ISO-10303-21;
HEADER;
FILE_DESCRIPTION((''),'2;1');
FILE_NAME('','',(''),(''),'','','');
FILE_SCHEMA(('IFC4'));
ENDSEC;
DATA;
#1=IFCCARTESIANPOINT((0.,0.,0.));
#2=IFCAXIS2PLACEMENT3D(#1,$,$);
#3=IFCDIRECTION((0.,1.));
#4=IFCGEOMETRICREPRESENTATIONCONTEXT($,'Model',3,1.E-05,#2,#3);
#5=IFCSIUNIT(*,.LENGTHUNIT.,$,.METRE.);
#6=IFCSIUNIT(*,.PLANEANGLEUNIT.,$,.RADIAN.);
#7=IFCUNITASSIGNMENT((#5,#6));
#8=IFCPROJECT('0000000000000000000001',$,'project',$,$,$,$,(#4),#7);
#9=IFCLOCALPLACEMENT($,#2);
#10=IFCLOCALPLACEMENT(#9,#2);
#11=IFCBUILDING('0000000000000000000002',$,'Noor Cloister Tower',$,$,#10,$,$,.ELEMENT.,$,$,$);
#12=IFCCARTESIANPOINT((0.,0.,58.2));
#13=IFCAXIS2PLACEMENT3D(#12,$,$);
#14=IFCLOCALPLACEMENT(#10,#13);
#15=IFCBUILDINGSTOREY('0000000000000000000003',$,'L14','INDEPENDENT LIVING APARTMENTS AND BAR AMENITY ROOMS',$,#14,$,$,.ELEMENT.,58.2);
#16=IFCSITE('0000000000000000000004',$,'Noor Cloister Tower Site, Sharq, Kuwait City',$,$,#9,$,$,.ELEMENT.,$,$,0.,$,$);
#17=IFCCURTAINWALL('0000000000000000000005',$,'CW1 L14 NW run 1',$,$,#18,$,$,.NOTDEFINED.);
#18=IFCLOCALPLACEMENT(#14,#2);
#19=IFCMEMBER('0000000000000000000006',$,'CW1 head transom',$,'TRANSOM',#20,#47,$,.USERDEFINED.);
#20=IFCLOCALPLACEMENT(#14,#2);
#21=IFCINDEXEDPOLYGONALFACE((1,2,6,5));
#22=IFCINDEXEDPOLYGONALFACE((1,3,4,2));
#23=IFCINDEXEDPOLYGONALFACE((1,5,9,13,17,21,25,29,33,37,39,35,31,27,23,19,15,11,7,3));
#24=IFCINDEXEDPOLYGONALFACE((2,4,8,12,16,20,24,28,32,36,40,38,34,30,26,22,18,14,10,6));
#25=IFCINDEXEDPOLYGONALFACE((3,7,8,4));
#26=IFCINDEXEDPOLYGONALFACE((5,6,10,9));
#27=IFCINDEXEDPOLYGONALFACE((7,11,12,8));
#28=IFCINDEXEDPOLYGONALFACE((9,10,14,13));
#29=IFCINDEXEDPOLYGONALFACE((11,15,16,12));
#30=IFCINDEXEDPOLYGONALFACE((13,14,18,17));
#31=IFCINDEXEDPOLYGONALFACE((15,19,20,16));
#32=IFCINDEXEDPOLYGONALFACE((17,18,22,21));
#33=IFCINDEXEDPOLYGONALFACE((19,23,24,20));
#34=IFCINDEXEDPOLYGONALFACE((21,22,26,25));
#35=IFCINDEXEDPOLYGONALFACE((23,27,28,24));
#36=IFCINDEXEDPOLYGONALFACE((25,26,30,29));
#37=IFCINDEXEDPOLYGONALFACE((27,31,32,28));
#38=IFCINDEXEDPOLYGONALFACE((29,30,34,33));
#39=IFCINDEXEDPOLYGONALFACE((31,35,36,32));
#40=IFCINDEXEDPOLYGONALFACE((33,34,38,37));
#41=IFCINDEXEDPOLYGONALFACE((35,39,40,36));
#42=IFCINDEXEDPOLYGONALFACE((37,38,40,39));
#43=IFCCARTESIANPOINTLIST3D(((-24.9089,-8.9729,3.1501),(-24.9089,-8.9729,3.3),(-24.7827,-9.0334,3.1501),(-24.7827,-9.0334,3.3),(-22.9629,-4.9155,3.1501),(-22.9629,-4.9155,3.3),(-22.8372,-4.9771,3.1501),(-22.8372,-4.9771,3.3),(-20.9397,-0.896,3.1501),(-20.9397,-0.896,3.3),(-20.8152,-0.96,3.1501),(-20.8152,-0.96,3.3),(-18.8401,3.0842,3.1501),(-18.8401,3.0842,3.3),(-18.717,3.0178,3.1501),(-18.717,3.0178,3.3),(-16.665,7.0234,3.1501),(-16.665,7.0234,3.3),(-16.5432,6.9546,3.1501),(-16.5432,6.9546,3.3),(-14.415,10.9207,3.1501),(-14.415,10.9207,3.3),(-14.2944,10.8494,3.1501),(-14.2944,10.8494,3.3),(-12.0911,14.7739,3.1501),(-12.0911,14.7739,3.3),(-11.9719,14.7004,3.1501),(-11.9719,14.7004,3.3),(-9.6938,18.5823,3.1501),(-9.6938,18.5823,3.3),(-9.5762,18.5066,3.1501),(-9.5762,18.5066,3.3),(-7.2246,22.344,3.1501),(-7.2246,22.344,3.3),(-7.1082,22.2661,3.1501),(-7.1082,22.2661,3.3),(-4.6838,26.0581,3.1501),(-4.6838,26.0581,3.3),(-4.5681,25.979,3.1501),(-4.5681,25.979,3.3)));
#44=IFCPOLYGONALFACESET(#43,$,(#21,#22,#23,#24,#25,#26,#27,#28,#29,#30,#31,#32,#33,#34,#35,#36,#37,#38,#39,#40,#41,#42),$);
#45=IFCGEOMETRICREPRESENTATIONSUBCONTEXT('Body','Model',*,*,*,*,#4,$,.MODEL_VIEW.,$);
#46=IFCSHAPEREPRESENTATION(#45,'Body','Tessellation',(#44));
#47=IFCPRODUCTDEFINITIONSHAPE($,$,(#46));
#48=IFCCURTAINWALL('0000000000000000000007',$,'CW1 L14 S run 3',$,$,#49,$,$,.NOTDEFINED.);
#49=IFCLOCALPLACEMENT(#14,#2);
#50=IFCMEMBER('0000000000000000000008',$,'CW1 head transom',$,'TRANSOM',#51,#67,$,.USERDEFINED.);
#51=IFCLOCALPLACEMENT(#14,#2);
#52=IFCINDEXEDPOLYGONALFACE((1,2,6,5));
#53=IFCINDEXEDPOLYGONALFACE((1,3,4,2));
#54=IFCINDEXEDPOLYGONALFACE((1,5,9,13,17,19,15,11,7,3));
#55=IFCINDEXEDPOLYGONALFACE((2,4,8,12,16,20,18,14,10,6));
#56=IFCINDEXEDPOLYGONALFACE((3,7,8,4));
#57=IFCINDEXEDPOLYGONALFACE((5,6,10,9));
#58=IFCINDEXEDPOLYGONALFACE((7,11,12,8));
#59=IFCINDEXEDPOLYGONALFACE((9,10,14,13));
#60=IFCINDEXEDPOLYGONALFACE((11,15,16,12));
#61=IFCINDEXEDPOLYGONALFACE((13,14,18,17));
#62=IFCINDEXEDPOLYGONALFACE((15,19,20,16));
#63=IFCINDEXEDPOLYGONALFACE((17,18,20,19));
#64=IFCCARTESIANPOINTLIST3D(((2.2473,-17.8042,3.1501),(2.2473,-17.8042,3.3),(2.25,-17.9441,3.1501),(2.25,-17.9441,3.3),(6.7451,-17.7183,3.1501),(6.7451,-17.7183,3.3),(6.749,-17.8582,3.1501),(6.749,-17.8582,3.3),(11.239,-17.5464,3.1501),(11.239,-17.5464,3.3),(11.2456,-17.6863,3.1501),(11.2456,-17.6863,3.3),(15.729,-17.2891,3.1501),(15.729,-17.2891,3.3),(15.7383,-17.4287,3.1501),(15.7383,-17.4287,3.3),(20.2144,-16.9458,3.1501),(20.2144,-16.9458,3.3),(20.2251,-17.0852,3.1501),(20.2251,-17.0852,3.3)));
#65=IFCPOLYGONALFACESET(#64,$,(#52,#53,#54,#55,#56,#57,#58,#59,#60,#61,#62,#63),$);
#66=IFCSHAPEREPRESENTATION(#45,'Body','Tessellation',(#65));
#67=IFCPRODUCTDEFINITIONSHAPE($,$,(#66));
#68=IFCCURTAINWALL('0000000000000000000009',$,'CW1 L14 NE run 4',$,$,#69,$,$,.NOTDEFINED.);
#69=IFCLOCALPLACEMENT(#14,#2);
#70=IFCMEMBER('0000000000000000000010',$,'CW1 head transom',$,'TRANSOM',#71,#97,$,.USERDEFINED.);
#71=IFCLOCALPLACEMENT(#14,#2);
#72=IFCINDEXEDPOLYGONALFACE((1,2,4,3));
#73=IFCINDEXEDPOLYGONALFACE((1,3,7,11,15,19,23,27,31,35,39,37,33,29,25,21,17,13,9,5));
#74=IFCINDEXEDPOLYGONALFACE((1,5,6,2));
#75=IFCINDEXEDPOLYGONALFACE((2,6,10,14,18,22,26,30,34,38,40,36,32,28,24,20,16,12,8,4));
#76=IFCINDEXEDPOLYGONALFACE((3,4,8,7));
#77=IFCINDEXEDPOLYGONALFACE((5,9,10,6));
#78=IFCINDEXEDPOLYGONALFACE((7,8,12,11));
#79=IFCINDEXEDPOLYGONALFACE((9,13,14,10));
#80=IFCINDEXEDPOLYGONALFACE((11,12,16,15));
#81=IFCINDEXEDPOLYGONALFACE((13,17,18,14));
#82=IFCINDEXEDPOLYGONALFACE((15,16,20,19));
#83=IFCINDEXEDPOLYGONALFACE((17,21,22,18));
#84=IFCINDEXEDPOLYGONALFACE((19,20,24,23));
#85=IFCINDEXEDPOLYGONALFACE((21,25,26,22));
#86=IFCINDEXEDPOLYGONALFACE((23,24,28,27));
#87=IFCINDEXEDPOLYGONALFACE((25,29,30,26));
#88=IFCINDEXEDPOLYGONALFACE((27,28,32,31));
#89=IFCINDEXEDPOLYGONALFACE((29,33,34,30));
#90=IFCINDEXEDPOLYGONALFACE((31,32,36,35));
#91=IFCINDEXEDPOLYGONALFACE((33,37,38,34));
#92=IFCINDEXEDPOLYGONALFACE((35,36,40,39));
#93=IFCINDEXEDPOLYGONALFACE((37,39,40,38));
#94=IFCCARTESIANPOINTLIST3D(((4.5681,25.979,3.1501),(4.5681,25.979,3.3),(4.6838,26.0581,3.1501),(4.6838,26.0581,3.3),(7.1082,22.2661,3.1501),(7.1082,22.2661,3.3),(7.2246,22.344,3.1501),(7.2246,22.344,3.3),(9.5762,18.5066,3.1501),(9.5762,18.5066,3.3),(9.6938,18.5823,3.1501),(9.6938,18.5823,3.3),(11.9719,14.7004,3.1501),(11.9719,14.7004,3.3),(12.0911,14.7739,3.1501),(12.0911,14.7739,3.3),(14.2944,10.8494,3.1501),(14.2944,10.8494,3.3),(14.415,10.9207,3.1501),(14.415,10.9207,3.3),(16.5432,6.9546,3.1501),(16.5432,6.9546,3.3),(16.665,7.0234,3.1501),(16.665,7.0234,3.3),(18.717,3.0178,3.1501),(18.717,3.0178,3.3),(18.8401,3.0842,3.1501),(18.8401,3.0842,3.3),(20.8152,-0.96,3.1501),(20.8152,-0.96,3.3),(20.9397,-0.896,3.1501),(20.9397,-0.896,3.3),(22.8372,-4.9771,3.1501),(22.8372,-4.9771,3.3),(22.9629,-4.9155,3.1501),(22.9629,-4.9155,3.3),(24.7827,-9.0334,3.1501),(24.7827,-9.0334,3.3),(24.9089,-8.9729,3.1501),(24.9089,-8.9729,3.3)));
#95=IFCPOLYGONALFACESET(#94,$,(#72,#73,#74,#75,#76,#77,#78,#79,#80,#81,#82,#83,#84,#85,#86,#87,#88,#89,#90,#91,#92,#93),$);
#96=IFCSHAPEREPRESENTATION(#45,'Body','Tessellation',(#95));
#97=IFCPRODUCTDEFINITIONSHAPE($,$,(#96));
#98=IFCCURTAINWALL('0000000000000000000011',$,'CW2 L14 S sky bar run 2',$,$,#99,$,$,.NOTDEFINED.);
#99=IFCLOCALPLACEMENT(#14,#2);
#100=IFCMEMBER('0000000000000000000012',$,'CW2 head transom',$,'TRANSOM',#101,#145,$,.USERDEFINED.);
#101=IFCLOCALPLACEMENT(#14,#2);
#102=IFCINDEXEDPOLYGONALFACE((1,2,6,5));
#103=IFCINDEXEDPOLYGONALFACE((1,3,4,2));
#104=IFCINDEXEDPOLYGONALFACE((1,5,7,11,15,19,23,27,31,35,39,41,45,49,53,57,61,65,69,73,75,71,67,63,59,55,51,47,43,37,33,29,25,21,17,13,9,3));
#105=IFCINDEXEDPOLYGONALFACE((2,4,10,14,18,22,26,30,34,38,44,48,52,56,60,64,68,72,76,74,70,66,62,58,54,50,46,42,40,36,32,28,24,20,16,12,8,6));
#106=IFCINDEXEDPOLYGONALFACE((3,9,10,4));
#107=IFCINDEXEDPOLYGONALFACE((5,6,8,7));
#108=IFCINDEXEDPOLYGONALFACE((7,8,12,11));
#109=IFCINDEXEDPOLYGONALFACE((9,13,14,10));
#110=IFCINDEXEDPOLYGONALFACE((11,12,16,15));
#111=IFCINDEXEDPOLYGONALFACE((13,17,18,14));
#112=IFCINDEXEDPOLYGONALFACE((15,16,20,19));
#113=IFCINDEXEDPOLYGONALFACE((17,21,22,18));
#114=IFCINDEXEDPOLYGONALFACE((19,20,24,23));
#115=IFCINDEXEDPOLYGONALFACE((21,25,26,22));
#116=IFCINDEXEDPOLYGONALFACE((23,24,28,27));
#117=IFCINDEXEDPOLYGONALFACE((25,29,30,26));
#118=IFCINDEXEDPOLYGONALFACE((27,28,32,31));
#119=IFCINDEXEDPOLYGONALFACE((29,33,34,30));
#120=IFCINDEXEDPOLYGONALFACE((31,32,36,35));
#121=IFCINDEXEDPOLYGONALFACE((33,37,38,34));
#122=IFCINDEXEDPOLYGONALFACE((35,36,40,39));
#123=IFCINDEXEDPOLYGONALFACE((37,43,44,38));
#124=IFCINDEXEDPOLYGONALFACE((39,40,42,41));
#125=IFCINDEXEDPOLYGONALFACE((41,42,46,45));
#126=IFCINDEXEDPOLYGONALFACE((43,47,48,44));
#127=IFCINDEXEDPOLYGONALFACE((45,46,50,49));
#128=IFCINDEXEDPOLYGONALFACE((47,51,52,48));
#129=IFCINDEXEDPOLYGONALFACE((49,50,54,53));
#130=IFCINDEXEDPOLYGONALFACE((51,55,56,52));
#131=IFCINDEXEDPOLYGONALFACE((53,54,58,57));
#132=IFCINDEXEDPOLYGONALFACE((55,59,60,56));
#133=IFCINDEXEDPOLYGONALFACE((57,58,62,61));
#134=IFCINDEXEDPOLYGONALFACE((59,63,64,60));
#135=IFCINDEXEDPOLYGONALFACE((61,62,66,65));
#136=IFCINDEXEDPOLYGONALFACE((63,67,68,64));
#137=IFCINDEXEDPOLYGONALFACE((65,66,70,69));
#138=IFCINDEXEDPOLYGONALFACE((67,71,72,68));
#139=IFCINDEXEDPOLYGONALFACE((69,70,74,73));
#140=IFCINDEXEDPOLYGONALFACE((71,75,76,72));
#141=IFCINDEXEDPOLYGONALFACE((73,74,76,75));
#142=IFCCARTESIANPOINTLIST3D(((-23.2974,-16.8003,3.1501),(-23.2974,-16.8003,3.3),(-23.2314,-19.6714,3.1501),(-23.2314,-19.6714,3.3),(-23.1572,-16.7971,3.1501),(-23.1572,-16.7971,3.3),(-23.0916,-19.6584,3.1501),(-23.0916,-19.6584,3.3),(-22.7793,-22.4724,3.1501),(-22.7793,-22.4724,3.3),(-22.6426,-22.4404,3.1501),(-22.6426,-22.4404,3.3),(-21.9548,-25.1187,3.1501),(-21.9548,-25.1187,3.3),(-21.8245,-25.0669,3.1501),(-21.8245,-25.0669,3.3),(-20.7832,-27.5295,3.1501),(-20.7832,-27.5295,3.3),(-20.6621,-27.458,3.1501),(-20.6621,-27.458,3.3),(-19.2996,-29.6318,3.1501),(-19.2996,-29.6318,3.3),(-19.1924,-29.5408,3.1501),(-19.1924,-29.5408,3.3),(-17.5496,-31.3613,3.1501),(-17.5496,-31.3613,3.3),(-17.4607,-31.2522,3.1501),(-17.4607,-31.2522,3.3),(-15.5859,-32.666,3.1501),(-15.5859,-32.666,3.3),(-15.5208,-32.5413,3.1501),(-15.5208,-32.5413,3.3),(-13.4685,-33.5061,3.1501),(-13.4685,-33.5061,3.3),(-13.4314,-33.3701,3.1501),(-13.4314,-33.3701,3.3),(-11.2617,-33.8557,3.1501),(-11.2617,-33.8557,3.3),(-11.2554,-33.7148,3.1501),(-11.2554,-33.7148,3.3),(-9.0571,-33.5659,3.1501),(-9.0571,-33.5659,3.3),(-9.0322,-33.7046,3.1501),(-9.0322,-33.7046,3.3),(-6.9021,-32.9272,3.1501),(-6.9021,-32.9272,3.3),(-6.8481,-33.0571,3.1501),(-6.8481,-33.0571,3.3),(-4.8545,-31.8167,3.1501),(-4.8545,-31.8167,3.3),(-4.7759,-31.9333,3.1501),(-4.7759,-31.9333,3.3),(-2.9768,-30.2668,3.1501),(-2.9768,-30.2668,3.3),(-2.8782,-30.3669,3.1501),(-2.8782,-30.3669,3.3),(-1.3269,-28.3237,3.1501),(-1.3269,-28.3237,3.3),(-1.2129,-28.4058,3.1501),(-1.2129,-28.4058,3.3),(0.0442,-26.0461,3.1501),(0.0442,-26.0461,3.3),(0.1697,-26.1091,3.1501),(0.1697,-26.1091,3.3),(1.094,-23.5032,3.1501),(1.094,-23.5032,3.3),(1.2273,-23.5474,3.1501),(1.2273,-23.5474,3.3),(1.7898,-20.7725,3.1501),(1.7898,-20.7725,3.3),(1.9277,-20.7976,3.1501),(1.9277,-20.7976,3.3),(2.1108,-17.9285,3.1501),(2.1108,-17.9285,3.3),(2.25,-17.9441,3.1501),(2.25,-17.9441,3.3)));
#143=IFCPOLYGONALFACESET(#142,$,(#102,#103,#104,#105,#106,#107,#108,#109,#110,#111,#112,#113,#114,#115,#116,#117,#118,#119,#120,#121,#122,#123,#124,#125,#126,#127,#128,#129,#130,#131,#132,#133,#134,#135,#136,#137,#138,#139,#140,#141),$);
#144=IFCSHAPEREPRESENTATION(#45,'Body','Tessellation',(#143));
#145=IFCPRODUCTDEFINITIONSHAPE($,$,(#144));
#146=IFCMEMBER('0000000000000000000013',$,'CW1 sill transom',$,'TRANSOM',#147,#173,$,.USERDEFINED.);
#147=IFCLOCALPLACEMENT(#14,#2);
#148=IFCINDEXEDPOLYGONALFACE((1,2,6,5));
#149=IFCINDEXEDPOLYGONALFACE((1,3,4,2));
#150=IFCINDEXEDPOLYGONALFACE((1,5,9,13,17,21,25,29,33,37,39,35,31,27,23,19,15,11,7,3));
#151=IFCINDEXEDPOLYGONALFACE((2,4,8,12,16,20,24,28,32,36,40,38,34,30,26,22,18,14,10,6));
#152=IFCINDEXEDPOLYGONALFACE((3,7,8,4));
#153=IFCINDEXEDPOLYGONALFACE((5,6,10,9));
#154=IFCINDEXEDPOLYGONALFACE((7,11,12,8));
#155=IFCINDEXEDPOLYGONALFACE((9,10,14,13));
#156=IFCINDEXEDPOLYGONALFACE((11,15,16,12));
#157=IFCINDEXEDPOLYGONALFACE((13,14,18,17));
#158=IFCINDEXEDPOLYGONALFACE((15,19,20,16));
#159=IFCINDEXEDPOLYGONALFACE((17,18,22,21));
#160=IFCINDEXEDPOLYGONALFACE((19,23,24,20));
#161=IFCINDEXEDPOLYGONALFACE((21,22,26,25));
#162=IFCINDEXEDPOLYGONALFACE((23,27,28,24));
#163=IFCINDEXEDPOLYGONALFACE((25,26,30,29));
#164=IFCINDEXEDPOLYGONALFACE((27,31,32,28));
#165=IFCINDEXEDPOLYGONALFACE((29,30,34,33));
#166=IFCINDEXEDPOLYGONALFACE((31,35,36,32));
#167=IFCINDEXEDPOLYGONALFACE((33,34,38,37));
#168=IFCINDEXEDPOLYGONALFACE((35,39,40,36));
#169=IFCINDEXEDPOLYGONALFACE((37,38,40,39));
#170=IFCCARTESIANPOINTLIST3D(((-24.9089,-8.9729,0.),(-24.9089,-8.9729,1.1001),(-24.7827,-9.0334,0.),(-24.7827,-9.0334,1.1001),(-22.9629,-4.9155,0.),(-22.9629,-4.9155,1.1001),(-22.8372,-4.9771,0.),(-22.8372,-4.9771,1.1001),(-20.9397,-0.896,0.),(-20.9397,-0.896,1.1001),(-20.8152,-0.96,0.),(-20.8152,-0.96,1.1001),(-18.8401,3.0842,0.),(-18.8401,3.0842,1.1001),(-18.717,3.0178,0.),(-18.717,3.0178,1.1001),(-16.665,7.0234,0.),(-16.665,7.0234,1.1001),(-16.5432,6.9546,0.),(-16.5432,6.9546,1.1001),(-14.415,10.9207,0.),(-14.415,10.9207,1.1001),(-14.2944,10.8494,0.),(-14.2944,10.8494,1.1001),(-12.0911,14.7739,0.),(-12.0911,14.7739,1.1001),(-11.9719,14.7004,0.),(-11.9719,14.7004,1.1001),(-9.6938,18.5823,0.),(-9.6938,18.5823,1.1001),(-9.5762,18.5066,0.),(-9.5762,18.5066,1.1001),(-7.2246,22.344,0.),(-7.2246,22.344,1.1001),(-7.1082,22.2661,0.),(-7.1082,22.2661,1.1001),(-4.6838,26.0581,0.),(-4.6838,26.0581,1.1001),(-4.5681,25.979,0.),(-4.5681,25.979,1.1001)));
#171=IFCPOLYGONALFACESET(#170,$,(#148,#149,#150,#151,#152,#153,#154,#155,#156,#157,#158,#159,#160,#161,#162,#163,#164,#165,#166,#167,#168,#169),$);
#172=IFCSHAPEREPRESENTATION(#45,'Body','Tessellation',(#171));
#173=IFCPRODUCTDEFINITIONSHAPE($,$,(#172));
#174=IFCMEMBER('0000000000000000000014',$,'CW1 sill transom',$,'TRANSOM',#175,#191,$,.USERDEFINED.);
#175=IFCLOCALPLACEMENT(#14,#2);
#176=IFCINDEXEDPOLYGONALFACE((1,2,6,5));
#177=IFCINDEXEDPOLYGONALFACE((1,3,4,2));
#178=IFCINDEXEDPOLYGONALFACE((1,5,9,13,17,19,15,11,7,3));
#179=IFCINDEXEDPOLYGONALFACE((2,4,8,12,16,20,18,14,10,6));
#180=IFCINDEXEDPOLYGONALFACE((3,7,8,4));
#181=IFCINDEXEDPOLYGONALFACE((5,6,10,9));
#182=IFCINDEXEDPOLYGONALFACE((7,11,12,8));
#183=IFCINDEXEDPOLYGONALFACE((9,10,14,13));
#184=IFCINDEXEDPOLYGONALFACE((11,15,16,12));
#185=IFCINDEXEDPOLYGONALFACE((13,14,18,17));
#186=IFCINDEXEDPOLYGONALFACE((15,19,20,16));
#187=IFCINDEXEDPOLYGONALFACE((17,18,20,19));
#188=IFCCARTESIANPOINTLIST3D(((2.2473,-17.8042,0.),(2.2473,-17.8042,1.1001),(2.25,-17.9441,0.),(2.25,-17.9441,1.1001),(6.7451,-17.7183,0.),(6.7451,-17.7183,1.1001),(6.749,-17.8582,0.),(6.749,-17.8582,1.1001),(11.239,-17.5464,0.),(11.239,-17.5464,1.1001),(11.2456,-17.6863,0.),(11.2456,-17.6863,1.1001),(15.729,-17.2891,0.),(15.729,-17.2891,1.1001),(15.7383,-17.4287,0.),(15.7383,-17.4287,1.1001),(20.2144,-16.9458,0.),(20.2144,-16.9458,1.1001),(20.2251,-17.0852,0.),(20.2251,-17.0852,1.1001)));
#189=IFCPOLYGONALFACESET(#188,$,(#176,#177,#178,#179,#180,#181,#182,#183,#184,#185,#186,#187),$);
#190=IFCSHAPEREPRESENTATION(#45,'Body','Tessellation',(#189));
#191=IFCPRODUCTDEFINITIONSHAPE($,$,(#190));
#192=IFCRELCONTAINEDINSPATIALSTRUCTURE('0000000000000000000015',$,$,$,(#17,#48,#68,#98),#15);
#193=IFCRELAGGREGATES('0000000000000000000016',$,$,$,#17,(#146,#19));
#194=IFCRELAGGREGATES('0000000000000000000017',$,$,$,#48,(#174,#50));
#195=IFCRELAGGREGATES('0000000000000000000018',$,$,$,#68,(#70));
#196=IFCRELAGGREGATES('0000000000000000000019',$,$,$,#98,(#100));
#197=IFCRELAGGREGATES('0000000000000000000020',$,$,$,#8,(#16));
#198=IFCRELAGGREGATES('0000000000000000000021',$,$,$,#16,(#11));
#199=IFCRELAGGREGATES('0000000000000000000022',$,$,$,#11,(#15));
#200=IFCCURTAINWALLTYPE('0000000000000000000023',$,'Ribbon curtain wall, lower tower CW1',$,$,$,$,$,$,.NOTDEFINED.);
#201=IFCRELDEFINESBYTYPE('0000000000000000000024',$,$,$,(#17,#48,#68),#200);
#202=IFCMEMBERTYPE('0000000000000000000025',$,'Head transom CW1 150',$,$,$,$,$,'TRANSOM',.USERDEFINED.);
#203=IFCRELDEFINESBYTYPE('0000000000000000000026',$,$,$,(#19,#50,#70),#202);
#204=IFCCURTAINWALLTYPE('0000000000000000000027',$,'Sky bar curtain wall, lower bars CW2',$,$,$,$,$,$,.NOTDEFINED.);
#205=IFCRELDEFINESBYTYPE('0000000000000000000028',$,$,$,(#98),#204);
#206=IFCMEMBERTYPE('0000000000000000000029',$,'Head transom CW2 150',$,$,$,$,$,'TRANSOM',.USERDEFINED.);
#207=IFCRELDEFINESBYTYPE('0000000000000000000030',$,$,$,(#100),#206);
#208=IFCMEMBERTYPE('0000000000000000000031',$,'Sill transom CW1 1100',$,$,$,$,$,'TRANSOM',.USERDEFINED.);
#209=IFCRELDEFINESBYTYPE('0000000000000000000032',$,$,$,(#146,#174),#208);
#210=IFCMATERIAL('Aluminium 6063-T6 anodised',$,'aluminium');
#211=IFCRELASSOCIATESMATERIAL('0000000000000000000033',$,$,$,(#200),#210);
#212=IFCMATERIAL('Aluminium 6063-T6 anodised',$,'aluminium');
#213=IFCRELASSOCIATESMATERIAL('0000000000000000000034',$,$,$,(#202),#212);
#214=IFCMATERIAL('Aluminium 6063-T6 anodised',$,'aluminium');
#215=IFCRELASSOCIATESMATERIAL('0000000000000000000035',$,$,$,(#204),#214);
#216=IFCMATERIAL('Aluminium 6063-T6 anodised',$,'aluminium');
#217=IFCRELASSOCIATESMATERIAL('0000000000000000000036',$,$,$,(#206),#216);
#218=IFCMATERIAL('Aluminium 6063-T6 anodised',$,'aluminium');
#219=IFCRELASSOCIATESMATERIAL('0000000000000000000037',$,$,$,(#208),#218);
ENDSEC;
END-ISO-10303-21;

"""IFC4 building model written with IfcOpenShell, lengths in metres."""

from ifc_helpers import new_model, si_unit, direction, frame, origin, place, context, subcontext, project, spatial, polyline, outline, extrude, material, type_object, element, aggregate, save


model = new_model("IFC4")

# Units and contexts
model_context = context("Model", 3, precision=1e-05, world=origin(), true_north=direction((0.0, 1.0)))
body_context = subcontext(model_context, "Body", "Model", "MODEL_VIEW")
ifc_project = project(units=[si_unit("LENGTHUNIT", "METRE"), si_unit("PLANEANGLEUNIT", "RADIAN")], contexts=[model_context])

# Site, building, storey
site_placement = place(None, origin())
site = spatial("IfcSite", under=ifc_project, at=site_placement, Name="Noor Cloister Tower Site, Sharq, Kuwait City", CompositionType="ELEMENT", RefElevation=0.0)
building_placement = place(site_placement, origin())
building = spatial("IfcBuilding", under=site, at=building_placement, Name="Noor Cloister Tower", CompositionType="ELEMENT")
storey_placement = place(building_placement, frame((0.0, 0.0, 58.2)))
storey = spatial("IfcBuildingStorey", under=building, at=storey_placement, Name="L14", Description="INDEPENDENT LIVING APARTMENTS AND BAR AMENITY ROOMS", CompositionType="ELEMENT", Elevation=58.2)

# Curtain walls, members
ifc_material_1 = material(Name="Aluminium 6063-T6 anodised", Category="aluminium")
curtain_wall_type_1 = type_object("IfcCurtainWallType", Name="Ribbon curtain wall, lower tower CW1", PredefinedType="NOTDEFINED", material=ifc_material_1)
curtain_wall_1_placement = place(storey_placement, origin())
curtain_wall_1 = element("IfcCurtainWall", 1, at=curtain_wall_1_placement, inside=storey, type_object=curtain_wall_type_1, Name="CW1 L14 NW run 1", PredefinedType="NOTDEFINED")
ifc_material_2 = material(Name="Aluminium 6063-T6 anodised", Category="aluminium")
member_type_1 = type_object("IfcMemberType", Name="Head transom CW1 150", ElementType="TRANSOM", PredefinedType="USERDEFINED", material=ifc_material_2)
member_1_placement = place(storey_placement, frame((0.0, 0.0, 3.1501)))
member_1 = element("IfcMember", 2, at=member_1_placement, type_object=member_type_1, Name="CW1 head transom", ObjectType="TRANSOM", PredefinedType="USERDEFINED", context=body_context, shape_type="SweptSolid", body=[
    extrude(outline(polyline([(-4.6838, 26.0581), (-7.2246, 22.344), (-9.6938, 18.5823), (-12.0911, 14.7739), (-14.415, 10.9207), (-16.665, 7.0234), (-18.8401, 3.0842), (-20.9397, -0.896), (-22.9629, -4.9155), (-24.9089, -8.9729), (-24.7827, -9.0334), (-22.8372, -4.9771), (-20.8152, -0.96), (-18.717, 3.0178), (-16.5432, 6.9546), (-14.2944, 10.8494), (-11.9719, 14.7004), (-9.5762, 18.5066), (-7.1082, 22.2661), (-4.5681, 25.979), (-4.6838, 26.0581)])), origin(), (0.0, 0.0, 1.0), 0.1499),
])
curtain_wall_2_placement = place(storey_placement, origin())
curtain_wall_2 = element("IfcCurtainWall", 3, at=curtain_wall_2_placement, inside=storey, type_object=curtain_wall_type_1, Name="CW1 L14 S run 3", PredefinedType="NOTDEFINED")
member_2_placement = place(storey_placement, frame((0.0, 0.0, 3.1501)))
member_2 = element("IfcMember", 4, at=member_2_placement, type_object=member_type_1, Name="CW1 head transom", ObjectType="TRANSOM", PredefinedType="USERDEFINED", context=body_context, shape_type="SweptSolid", body=[
    extrude(outline(polyline([(2.25, -17.9441), (6.749, -17.8582), (11.2456, -17.6863), (15.7383, -17.4287), (20.2251, -17.0852), (20.2144, -16.9458), (15.729, -17.2891), (11.239, -17.5464), (6.7451, -17.7183), (2.2473, -17.8042), (2.25, -17.9441)])), origin(), (0.0, 0.0, 1.0), 0.1499),
])
curtain_wall_3_placement = place(storey_placement, origin())
curtain_wall_3 = element("IfcCurtainWall", 5, at=curtain_wall_3_placement, inside=storey, type_object=curtain_wall_type_1, Name="CW1 L14 NE run 4", PredefinedType="NOTDEFINED")
member_3_placement = place(storey_placement, frame((0.0, 0.0, 3.1501)))
member_3 = element("IfcMember", 6, at=member_3_placement, type_object=member_type_1, Name="CW1 head transom", ObjectType="TRANSOM", PredefinedType="USERDEFINED", context=body_context, shape_type="SweptSolid", body=[
    extrude(outline(polyline([(24.9089, -8.9729), (22.9629, -4.9155), (20.9397, -0.896), (18.8401, 3.0842), (16.665, 7.0234), (14.415, 10.9207), (12.0911, 14.7739), (9.6938, 18.5823), (7.2246, 22.344), (4.6838, 26.0581), (4.5681, 25.979), (7.1082, 22.2661), (9.5762, 18.5066), (11.9719, 14.7004), (14.2944, 10.8494), (16.5432, 6.9546), (18.717, 3.0178), (20.8152, -0.96), (22.8372, -4.9771), (24.7827, -9.0334), (24.9089, -8.9729)])), origin(), (0.0, 0.0, 1.0), 0.1499),
])
ifc_material_3 = material(Name="Aluminium 6063-T6 anodised", Category="aluminium")
curtain_wall_type_2 = type_object("IfcCurtainWallType", Name="Sky bar curtain wall, lower bars CW2", PredefinedType="NOTDEFINED", material=ifc_material_3)
curtain_wall_4_placement = place(storey_placement, origin())
curtain_wall_4 = element("IfcCurtainWall", 7, at=curtain_wall_4_placement, inside=storey, type_object=curtain_wall_type_2, Name="CW2 L14 S sky bar run 2", PredefinedType="NOTDEFINED")
ifc_material_4 = material(Name="Aluminium 6063-T6 anodised", Category="aluminium")
member_type_2 = type_object("IfcMemberType", Name="Head transom CW2 150", ElementType="TRANSOM", PredefinedType="USERDEFINED", material=ifc_material_4)
member_4_placement = place(storey_placement, frame((0.0, 0.0, 3.1501)))
member_4 = element("IfcMember", 8, at=member_4_placement, type_object=member_type_2, Name="CW2 head transom", ObjectType="TRANSOM", PredefinedType="USERDEFINED", context=body_context, shape_type="SweptSolid", body=[
    extrude(outline(polyline([(-23.2974, -16.8003), (-23.2314, -19.6714), (-22.7793, -22.4724), (-21.9548, -25.1187), (-20.7832, -27.5295), (-19.2996, -29.6318), (-17.5496, -31.3613), (-15.5859, -32.666), (-13.4685, -33.5061), (-11.2617, -33.8557), (-9.0322, -33.7046), (-6.8481, -33.0571), (-4.7759, -31.9333), (-2.8782, -30.3669), (-1.2129, -28.4058), (0.1697, -26.1091), (1.2273, -23.5474), (1.9277, -20.7976), (2.25, -17.9441), (2.1108, -17.9285), (1.7898, -20.7725), (1.094, -23.5032), (0.0442, -26.0461), (-1.3269, -28.3237), (-2.9768, -30.2668), (-4.8545, -31.8167), (-6.9021, -32.9272), (-9.0571, -33.5659), (-11.2554, -33.7148), (-13.4314, -33.3701), (-15.5208, -32.5413), (-17.4607, -31.2522), (-19.1924, -29.5408), (-20.6621, -27.458), (-21.8245, -25.0669), (-22.6426, -22.4404), (-23.0916, -19.6584), (-23.1572, -16.7971), (-23.2974, -16.8003)])), origin(), (0.0, 0.0, 1.0), 0.1499),
])

# Members
ifc_material_5 = material(Name="Aluminium 6063-T6 anodised", Category="aluminium")
member_type_3 = type_object("IfcMemberType", Name="Sill transom CW1 1100", ElementType="TRANSOM", PredefinedType="USERDEFINED", material=ifc_material_5)
member_5_placement = place(storey_placement, origin())
member_5 = element("IfcMember", 9, at=member_5_placement, type_object=member_type_3, Name="CW1 sill transom", ObjectType="TRANSOM", PredefinedType="USERDEFINED", context=body_context, shape_type="SweptSolid", body=[
    extrude(outline(polyline([(-4.6838, 26.0581), (-7.2246, 22.344), (-9.6938, 18.5823), (-12.0911, 14.7739), (-14.415, 10.9207), (-16.665, 7.0234), (-18.8401, 3.0842), (-20.9397, -0.896), (-22.9629, -4.9155), (-24.9089, -8.9729), (-24.7827, -9.0334), (-22.8372, -4.9771), (-20.8152, -0.96), (-18.717, 3.0178), (-16.5432, 6.9546), (-14.2944, 10.8494), (-11.9719, 14.7004), (-9.5762, 18.5066), (-7.1082, 22.2661), (-4.5681, 25.979), (-4.6838, 26.0581)])), origin(), (0.0, 0.0, 1.0), 1.1001),
])
aggregate(curtain_wall_1, [member_5, member_1])
member_6_placement = place(storey_placement, origin())
member_6 = element("IfcMember", 10, at=member_6_placement, type_object=member_type_3, Name="CW1 sill transom", ObjectType="TRANSOM", PredefinedType="USERDEFINED", context=body_context, shape_type="SweptSolid", body=[
    extrude(outline(polyline([(2.25, -17.9441), (6.749, -17.8582), (11.2456, -17.6863), (15.7383, -17.4287), (20.2251, -17.0852), (20.2144, -16.9458), (15.729, -17.2891), (11.239, -17.5464), (6.7451, -17.7183), (2.2473, -17.8042), (2.25, -17.9441)])), origin(), (0.0, 0.0, 1.0), 1.1001),
])
aggregate(curtain_wall_2, [member_6, member_2])
aggregate(curtain_wall_3, [member_3])
aggregate(curtain_wall_4, [member_4])

save(model, "model.ifc")
